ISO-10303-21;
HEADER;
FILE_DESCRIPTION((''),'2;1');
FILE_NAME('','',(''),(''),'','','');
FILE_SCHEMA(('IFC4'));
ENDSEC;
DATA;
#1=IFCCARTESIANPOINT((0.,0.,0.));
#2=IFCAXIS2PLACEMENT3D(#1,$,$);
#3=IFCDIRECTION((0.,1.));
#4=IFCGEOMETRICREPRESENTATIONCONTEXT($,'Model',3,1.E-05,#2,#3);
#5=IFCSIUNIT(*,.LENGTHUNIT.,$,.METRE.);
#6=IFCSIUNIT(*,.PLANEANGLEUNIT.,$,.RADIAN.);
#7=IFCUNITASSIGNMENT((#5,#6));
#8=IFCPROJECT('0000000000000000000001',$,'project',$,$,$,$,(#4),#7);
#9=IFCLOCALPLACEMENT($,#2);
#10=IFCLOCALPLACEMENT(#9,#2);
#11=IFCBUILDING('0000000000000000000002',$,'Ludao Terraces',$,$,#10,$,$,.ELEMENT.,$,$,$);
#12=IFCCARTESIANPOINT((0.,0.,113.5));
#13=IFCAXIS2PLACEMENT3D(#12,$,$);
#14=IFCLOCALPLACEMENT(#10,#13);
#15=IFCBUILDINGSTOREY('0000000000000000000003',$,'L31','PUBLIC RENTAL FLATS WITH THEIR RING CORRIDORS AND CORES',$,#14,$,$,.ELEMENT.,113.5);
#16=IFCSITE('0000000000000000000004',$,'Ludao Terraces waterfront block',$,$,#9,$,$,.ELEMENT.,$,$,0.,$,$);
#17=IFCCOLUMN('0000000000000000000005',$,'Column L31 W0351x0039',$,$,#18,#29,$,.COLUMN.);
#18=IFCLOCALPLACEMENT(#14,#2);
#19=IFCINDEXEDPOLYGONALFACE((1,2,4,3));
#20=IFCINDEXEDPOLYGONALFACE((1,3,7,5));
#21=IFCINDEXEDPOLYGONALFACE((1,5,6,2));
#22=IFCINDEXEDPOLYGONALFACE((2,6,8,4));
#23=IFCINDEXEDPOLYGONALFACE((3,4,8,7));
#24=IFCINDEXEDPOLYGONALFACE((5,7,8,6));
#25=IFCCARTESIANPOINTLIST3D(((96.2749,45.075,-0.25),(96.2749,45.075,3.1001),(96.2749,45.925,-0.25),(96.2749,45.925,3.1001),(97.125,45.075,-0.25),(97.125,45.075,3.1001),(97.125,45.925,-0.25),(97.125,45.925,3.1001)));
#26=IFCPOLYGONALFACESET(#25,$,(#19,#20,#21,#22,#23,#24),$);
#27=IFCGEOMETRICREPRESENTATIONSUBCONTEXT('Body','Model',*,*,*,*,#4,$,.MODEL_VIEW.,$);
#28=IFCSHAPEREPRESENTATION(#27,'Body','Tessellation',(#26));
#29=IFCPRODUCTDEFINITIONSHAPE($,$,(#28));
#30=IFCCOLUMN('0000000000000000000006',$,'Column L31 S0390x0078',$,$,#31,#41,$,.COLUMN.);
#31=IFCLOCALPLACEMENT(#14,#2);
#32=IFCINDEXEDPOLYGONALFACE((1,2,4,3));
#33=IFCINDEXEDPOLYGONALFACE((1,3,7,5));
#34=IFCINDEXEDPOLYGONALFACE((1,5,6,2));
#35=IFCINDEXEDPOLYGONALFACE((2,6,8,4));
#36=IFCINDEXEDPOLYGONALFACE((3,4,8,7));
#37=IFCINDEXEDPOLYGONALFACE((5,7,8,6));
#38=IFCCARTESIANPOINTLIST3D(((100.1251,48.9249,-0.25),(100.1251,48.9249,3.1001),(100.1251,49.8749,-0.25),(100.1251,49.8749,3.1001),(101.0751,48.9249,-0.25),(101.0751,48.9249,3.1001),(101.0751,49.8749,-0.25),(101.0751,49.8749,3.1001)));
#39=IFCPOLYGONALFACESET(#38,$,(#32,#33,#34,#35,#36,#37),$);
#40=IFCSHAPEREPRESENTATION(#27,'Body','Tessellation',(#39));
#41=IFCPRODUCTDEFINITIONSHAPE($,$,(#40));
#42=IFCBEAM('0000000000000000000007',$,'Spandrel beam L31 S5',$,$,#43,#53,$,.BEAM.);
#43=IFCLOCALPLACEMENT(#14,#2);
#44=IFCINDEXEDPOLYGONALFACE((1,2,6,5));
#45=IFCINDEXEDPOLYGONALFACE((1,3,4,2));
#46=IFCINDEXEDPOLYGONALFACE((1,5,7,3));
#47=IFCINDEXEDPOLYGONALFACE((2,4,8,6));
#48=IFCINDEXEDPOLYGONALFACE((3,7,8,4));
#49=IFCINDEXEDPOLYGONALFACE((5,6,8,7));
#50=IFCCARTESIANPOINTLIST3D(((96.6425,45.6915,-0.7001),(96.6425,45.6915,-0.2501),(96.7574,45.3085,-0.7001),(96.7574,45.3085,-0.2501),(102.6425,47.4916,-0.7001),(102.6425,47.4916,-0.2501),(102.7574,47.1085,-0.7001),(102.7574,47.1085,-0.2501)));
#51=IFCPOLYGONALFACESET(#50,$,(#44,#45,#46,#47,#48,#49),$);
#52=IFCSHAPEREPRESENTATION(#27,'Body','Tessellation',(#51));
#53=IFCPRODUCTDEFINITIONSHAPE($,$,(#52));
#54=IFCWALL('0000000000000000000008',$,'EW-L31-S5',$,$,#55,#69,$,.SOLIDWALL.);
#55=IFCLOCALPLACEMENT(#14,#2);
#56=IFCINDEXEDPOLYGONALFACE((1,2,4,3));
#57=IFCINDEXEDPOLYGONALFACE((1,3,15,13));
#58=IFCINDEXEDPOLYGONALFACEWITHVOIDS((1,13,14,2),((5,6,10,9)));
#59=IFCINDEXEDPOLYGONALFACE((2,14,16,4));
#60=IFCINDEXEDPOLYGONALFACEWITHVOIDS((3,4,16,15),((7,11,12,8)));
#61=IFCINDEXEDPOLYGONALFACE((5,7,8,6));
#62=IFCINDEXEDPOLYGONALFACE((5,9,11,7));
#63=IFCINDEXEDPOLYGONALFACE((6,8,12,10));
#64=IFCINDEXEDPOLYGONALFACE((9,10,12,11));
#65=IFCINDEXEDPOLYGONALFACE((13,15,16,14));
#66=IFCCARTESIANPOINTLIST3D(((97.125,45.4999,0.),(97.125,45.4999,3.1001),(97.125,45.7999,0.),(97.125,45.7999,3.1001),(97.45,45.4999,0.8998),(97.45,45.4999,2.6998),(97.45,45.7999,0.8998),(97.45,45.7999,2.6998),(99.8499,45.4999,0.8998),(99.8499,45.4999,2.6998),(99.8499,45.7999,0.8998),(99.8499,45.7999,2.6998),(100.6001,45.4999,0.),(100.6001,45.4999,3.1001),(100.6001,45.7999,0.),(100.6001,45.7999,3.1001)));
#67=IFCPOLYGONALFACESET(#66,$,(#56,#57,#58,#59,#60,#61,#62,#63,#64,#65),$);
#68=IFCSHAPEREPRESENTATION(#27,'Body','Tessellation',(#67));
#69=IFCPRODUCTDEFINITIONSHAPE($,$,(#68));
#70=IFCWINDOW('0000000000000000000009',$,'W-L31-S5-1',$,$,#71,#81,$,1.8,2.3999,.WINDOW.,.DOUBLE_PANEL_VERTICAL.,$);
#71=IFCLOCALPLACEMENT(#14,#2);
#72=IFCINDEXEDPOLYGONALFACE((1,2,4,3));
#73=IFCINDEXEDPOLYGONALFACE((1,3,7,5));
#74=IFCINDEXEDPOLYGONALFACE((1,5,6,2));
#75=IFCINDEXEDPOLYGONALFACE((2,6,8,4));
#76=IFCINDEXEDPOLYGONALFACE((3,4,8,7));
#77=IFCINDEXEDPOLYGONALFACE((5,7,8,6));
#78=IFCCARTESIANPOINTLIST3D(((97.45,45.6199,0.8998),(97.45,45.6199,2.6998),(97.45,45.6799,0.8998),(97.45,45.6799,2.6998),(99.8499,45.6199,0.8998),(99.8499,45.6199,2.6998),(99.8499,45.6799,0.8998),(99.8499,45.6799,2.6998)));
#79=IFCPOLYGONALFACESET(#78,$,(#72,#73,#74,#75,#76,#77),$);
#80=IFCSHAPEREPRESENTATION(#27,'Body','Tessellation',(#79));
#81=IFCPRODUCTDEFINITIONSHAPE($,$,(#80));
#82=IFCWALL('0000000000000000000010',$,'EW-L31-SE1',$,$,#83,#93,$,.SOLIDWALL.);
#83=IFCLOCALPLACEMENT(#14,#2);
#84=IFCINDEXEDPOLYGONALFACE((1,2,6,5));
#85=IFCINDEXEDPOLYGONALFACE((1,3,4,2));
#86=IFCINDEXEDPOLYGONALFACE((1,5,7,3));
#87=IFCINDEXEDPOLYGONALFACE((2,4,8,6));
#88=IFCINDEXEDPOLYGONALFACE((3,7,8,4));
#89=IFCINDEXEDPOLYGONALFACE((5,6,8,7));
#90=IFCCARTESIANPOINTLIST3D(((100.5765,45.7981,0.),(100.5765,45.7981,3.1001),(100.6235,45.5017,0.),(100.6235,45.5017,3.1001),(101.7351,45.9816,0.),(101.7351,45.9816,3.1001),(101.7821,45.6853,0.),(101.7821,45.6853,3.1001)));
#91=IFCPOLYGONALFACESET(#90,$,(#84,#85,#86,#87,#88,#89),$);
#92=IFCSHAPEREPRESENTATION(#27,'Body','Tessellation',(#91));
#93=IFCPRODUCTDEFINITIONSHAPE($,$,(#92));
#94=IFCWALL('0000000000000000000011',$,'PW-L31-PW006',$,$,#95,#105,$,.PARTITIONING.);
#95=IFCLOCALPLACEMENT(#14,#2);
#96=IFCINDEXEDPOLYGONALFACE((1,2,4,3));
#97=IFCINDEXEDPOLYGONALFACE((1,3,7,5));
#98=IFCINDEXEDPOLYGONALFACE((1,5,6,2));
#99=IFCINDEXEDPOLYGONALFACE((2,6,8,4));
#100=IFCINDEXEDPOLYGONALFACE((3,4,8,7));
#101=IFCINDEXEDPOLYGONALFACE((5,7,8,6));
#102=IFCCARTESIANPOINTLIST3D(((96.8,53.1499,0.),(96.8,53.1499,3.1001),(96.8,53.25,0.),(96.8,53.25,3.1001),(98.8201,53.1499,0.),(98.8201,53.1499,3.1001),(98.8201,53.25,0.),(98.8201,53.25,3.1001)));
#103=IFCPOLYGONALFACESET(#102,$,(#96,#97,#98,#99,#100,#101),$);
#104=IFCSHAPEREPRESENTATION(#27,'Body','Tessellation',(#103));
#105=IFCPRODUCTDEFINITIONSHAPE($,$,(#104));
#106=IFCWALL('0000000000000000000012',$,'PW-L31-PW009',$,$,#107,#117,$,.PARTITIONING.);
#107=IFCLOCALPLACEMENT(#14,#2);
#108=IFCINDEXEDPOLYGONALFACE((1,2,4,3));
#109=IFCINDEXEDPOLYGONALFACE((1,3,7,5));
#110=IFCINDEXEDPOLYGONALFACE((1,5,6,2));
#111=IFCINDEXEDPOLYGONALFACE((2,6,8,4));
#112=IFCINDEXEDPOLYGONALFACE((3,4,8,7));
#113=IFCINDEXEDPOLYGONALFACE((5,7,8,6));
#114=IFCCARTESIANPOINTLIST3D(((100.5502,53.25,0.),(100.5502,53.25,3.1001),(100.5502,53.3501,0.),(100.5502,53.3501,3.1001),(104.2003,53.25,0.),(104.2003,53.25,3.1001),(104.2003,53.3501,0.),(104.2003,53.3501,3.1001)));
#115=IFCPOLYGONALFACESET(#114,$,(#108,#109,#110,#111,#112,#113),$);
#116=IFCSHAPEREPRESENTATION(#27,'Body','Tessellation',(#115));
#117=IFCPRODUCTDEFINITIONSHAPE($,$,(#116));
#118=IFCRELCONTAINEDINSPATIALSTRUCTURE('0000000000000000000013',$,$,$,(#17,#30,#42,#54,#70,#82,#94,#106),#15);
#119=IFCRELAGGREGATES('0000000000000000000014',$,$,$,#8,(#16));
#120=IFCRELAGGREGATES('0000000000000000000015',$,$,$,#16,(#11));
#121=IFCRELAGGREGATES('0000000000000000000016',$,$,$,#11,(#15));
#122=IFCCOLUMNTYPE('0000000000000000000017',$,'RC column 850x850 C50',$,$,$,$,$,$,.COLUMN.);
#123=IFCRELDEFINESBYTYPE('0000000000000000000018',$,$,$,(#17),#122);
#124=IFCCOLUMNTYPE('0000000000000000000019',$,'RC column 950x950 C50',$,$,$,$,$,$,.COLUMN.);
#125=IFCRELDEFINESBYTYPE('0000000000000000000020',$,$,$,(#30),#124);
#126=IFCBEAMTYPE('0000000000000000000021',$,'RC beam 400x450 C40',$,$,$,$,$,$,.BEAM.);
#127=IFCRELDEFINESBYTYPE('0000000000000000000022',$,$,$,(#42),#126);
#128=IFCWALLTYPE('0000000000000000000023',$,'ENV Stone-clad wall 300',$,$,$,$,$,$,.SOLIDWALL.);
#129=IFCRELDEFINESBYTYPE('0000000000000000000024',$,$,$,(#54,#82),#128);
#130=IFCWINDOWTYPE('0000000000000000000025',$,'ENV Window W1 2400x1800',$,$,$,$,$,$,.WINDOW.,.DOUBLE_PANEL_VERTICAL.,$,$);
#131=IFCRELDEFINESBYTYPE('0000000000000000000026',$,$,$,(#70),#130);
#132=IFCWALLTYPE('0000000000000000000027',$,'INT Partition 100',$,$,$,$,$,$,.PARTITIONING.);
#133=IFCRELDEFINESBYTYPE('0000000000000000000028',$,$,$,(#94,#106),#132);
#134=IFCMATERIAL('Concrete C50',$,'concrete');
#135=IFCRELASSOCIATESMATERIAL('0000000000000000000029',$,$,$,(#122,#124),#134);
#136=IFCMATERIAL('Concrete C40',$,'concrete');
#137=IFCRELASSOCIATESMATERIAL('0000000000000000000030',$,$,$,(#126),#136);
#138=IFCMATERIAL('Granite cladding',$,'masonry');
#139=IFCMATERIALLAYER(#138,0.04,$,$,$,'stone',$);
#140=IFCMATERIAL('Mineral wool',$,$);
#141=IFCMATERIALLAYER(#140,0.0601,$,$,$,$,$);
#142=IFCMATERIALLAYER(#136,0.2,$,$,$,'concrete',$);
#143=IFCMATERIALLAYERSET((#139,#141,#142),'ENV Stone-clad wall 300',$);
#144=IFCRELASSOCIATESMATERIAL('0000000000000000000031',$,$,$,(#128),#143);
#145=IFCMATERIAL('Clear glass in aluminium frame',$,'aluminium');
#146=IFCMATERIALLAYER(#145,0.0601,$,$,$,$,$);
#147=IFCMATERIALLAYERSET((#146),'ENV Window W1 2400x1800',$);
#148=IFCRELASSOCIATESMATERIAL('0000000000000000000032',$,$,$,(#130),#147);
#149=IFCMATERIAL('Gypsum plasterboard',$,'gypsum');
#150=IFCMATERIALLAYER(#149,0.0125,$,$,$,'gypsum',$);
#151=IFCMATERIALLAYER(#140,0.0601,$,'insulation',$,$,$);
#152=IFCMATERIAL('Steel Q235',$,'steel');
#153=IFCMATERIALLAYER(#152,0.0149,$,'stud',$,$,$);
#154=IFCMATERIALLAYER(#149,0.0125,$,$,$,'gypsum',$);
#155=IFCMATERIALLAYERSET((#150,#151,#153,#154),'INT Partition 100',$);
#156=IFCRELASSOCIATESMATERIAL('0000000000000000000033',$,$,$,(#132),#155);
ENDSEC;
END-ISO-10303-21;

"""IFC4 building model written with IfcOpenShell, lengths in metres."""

from ifc_helpers import new_model, si_unit, direction, frame, frame_2d, origin, origin_2d, place, context, subcontext, project, spatial, rectangle, extrude, material, layer, layer_set, material_profile, profile_set, type_object, element, fill, save


model = new_model("IFC4")

# Units and contexts
model_context = context("Model", 3, precision=1e-05, world=origin(), true_north=direction((0.0, 1.0)))
body_context = subcontext(model_context, "Body", "Model", "MODEL_VIEW")
ifc_project = project(units=[si_unit("LENGTHUNIT", "METRE"), si_unit("PLANEANGLEUNIT", "RADIAN")], contexts=[model_context])

# Site, building, storey
site_placement = place(None, origin())
site = spatial("IfcSite", under=ifc_project, at=site_placement, Name="Ludao Terraces waterfront block", CompositionType="ELEMENT", RefElevation=0.0)
building_placement = place(site_placement, origin())
building = spatial("IfcBuilding", under=site, at=building_placement, Name="Ludao Terraces", CompositionType="ELEMENT")
storey_placement = place(building_placement, frame((0.0, 0.0, 113.5)))
storey = spatial("IfcBuildingStorey", under=building, at=storey_placement, Name="L31", Description="PUBLIC RENTAL FLATS WITH THEIR RING CORRIDORS AND CORES", CompositionType="ELEMENT", Elevation=113.5)

# Columns
ifc_material_1 = material(Name="Concrete C50", Category="concrete")
ifc_material_profile_1 = material_profile(ifc_material_1, rectangle(XDim=0.8501, YDim=0.8501, at=origin_2d()), Name="850 X 850")
ifc_profile_set_1 = profile_set([ifc_material_profile_1], Name="Concrete C50")
column_type_1 = type_object("IfcColumnType", Name="RC column 850x850 C50", PredefinedType="COLUMN", material=ifc_profile_set_1)
column_1_placement = place(storey_placement, frame((96.7, 45.5, -0.25), z_axis=(0.0, 0.0, 1.0), x_axis=(1.0, 0.0, 0.0)))
element("IfcColumn", 1, at=column_1_placement, inside=storey, type_object=column_type_1, Name="Column L31 W0351x0039", PredefinedType="COLUMN", context=body_context, shape_type="SweptSolid", body=[
    extrude(rectangle(XDim=0.8501, YDim=0.8501, at=origin_2d()), origin(), (0.0, 0.0, 1.0), 3.3501),
])
ifc_material_profile_2 = material_profile(ifc_material_1, rectangle(XDim=0.95, YDim=0.95, at=origin_2d()), Name="950 X 950")
ifc_profile_set_2 = profile_set([ifc_material_profile_2], Name="Concrete C50")
column_type_2 = type_object("IfcColumnType", Name="RC column 950x950 C50", PredefinedType="COLUMN", material=ifc_profile_set_2)
column_2_placement = place(storey_placement, frame((100.6001, 49.3999, -0.25), z_axis=(0.0, 0.0, 1.0), x_axis=(1.0, 0.0, 0.0)))
element("IfcColumn", 2, at=column_2_placement, inside=storey, type_object=column_type_2, Name="Column L31 S0390x0078", PredefinedType="COLUMN", context=body_context, shape_type="SweptSolid", body=[
    extrude(rectangle(XDim=0.95, YDim=0.95, at=origin_2d()), origin(), (0.0, 0.0, 1.0), 3.3501),
])

# Beam
ifc_material_2 = material(Name="Concrete C40", Category="concrete")
ifc_material_profile_3 = material_profile(ifc_material_2, rectangle(XDim=0.3999, YDim=0.45, at=origin_2d()), Name="400 X 450")
ifc_profile_set_3 = profile_set([ifc_material_profile_3], Name="Concrete C40")
beam_type = type_object("IfcBeamType", Name="RC beam 400x450 C40", PredefinedType="BEAM", material=ifc_profile_set_3)
beam_placement = place(storey_placement, frame((96.7, 45.5, -0.4751), z_axis=(0.957824, 0.287355, 0.0), x_axis=(-0.287355, 0.957824, 0.0)))
element("IfcBeam", 3, at=beam_placement, inside=storey, type_object=beam_type, Name="Spandrel beam L31 S5", PredefinedType="BEAM", context=body_context, shape_type="SweptSolid", body=[
    extrude(rectangle(XDim=0.3999, YDim=0.45, at=origin_2d()), origin(), (0.0, 0.0, 1.0), 6.2642),
])

# Wall, opening, window
ifc_material_3 = material(Name="Granite cladding", Category="masonry")
ifc_layer_1 = layer(ifc_material_3, 0.04, Category="stone")
ifc_material_4 = material(Name="Mineral wool")
ifc_layer_2 = layer(ifc_material_4, 0.0601)
ifc_layer_3 = layer(ifc_material_2, 0.2, Category="concrete")
ifc_layer_set_1 = layer_set([ifc_layer_1, ifc_layer_2, ifc_layer_3], Name="ENV Stone-clad wall 300")
wall_type_1 = type_object("IfcWallType", Name="ENV Stone-clad wall 300", PredefinedType="SOLIDWALL", material=ifc_layer_set_1)
wall_1_placement = place(storey_placement, frame((97.125, 45.6499, 0.0), z_axis=(0.0, 0.0, 1.0), x_axis=(1.0, 0.0, 0.0)))
wall_1 = element("IfcWall", 4, at=wall_1_placement, inside=storey, type_object=wall_type_1, Name="EW-L31-S5", PredefinedType="SOLIDWALL", context=body_context, shape_type="SweptSolid", body=[
    extrude(rectangle(XDim=3.4751, YDim=0.3, at=frame_2d((1.7375, 0.0))), origin(), (0.0, 0.0, 1.0), 3.1001),
])
opening_1_placement = place(wall_1_placement, frame((0.325, 0.0, 0.8999)))
opening_1 = element("IfcOpeningElement", 5, at=opening_1_placement, cuts=wall_1, PredefinedType="OPENING", context=body_context, shape_type="SweptSolid", body=[
    extrude(rectangle(XDim=2.3999, YDim=1.8, at=frame_2d((1.2, 0.8999))), frame((0.0, 0.1602, 0.0), z_axis=(0.0, -1.0, 0.0), x_axis=(1.0, 0.0, 0.0)), (0.0, 0.0, 1.0), 0.3201),
])
ifc_material_5 = material(Name="Clear glass in aluminium frame", Category="aluminium")
ifc_layer_4 = layer(ifc_material_5, 0.0601)
ifc_layer_set_2 = layer_set([ifc_layer_4], Name="ENV Window W1 2400x1800")
window_type = type_object("IfcWindowType", Name="ENV Window W1 2400x1800", PartitioningType="DOUBLE_PANEL_VERTICAL", PredefinedType="WINDOW", material=ifc_layer_set_2)
window_placement = place(opening_1_placement, origin())
window = element("IfcWindow", 6, at=window_placement, inside=storey, type_object=window_type, Name="W-L31-S5-1", OverallHeight=1.8, OverallWidth=2.3999, PartitioningType="DOUBLE_PANEL_VERTICAL", PredefinedType="WINDOW", context=body_context, shape_type="SweptSolid", body=[
    extrude(rectangle(XDim=2.3999, YDim=1.8, at=frame_2d((1.2, 0.8999))), frame((0.0, 0.03, 0.0), z_axis=(0.0, -1.0, 0.0), x_axis=(1.0, 0.0, 0.0)), (0.0, 0.0, 1.0), 0.0601),
])
fill(opening_1, window)

# Walls
wall_2_placement = place(storey_placement, frame((100.6001, 45.6499, 0.0), z_axis=(0.0, 0.0, 1.0), x_axis=(0.987678, 0.156497, 0.0)))
element("IfcWall", 7, at=wall_2_placement, inside=storey, type_object=wall_type_1, Name="EW-L31-SE1", PredefinedType="SOLIDWALL", context=body_context, shape_type="SweptSolid", body=[
    extrude(rectangle(XDim=1.1731, YDim=0.3, at=frame_2d((0.5864, 0.0))), origin(), (0.0, 0.0, 1.0), 3.1001),
])
ifc_material_6 = material(Name="Gypsum plasterboard", Category="gypsum")
ifc_layer_5 = layer(ifc_material_6, 0.0125, Category="gypsum")
ifc_layer_6 = layer(ifc_material_4, 0.0601, Name="insulation")
ifc_material_7 = material(Name="Steel Q235", Category="steel")
ifc_layer_7 = layer(ifc_material_7, 0.0149, Name="stud")
ifc_layer_8 = layer(ifc_material_6, 0.0125, Category="gypsum")
ifc_layer_set_3 = layer_set([ifc_layer_5, ifc_layer_6, ifc_layer_7, ifc_layer_8], Name="INT Partition 100")
wall_type_2 = type_object("IfcWallType", Name="INT Partition 100", PredefinedType="PARTITIONING", material=ifc_layer_set_3)
wall_3_placement = place(storey_placement, frame((96.8, 53.2, 0.0), z_axis=(0.0, 0.0, 1.0), x_axis=(1.0, 0.0, 0.0)))
element("IfcWall", 8, at=wall_3_placement, inside=storey, type_object=wall_type_2, Name="PW-L31-PW006", PredefinedType="PARTITIONING", context=body_context, shape_type="SweptSolid", body=[
    extrude(rectangle(XDim=2.02, YDim=0.1001, at=frame_2d((1.01, 0.0))), origin(), (0.0, 0.0, 1.0), 3.1001),
])
wall_4_placement = place(storey_placement, frame((100.55, 53.3, 0.0), z_axis=(0.0, 0.0, 1.0), x_axis=(1.0, 0.0, 0.0)))
element("IfcWall", 9, at=wall_4_placement, inside=storey, type_object=wall_type_2, Name="PW-L31-PW009", PredefinedType="PARTITIONING", context=body_context, shape_type="SweptSolid", body=[
    extrude(rectangle(XDim=3.6501, YDim=0.1001, at=frame_2d((1.8252, 0.0))), origin(), (0.0, 0.0, 1.0), 3.1001),
])

save(model, "model.ifc")
